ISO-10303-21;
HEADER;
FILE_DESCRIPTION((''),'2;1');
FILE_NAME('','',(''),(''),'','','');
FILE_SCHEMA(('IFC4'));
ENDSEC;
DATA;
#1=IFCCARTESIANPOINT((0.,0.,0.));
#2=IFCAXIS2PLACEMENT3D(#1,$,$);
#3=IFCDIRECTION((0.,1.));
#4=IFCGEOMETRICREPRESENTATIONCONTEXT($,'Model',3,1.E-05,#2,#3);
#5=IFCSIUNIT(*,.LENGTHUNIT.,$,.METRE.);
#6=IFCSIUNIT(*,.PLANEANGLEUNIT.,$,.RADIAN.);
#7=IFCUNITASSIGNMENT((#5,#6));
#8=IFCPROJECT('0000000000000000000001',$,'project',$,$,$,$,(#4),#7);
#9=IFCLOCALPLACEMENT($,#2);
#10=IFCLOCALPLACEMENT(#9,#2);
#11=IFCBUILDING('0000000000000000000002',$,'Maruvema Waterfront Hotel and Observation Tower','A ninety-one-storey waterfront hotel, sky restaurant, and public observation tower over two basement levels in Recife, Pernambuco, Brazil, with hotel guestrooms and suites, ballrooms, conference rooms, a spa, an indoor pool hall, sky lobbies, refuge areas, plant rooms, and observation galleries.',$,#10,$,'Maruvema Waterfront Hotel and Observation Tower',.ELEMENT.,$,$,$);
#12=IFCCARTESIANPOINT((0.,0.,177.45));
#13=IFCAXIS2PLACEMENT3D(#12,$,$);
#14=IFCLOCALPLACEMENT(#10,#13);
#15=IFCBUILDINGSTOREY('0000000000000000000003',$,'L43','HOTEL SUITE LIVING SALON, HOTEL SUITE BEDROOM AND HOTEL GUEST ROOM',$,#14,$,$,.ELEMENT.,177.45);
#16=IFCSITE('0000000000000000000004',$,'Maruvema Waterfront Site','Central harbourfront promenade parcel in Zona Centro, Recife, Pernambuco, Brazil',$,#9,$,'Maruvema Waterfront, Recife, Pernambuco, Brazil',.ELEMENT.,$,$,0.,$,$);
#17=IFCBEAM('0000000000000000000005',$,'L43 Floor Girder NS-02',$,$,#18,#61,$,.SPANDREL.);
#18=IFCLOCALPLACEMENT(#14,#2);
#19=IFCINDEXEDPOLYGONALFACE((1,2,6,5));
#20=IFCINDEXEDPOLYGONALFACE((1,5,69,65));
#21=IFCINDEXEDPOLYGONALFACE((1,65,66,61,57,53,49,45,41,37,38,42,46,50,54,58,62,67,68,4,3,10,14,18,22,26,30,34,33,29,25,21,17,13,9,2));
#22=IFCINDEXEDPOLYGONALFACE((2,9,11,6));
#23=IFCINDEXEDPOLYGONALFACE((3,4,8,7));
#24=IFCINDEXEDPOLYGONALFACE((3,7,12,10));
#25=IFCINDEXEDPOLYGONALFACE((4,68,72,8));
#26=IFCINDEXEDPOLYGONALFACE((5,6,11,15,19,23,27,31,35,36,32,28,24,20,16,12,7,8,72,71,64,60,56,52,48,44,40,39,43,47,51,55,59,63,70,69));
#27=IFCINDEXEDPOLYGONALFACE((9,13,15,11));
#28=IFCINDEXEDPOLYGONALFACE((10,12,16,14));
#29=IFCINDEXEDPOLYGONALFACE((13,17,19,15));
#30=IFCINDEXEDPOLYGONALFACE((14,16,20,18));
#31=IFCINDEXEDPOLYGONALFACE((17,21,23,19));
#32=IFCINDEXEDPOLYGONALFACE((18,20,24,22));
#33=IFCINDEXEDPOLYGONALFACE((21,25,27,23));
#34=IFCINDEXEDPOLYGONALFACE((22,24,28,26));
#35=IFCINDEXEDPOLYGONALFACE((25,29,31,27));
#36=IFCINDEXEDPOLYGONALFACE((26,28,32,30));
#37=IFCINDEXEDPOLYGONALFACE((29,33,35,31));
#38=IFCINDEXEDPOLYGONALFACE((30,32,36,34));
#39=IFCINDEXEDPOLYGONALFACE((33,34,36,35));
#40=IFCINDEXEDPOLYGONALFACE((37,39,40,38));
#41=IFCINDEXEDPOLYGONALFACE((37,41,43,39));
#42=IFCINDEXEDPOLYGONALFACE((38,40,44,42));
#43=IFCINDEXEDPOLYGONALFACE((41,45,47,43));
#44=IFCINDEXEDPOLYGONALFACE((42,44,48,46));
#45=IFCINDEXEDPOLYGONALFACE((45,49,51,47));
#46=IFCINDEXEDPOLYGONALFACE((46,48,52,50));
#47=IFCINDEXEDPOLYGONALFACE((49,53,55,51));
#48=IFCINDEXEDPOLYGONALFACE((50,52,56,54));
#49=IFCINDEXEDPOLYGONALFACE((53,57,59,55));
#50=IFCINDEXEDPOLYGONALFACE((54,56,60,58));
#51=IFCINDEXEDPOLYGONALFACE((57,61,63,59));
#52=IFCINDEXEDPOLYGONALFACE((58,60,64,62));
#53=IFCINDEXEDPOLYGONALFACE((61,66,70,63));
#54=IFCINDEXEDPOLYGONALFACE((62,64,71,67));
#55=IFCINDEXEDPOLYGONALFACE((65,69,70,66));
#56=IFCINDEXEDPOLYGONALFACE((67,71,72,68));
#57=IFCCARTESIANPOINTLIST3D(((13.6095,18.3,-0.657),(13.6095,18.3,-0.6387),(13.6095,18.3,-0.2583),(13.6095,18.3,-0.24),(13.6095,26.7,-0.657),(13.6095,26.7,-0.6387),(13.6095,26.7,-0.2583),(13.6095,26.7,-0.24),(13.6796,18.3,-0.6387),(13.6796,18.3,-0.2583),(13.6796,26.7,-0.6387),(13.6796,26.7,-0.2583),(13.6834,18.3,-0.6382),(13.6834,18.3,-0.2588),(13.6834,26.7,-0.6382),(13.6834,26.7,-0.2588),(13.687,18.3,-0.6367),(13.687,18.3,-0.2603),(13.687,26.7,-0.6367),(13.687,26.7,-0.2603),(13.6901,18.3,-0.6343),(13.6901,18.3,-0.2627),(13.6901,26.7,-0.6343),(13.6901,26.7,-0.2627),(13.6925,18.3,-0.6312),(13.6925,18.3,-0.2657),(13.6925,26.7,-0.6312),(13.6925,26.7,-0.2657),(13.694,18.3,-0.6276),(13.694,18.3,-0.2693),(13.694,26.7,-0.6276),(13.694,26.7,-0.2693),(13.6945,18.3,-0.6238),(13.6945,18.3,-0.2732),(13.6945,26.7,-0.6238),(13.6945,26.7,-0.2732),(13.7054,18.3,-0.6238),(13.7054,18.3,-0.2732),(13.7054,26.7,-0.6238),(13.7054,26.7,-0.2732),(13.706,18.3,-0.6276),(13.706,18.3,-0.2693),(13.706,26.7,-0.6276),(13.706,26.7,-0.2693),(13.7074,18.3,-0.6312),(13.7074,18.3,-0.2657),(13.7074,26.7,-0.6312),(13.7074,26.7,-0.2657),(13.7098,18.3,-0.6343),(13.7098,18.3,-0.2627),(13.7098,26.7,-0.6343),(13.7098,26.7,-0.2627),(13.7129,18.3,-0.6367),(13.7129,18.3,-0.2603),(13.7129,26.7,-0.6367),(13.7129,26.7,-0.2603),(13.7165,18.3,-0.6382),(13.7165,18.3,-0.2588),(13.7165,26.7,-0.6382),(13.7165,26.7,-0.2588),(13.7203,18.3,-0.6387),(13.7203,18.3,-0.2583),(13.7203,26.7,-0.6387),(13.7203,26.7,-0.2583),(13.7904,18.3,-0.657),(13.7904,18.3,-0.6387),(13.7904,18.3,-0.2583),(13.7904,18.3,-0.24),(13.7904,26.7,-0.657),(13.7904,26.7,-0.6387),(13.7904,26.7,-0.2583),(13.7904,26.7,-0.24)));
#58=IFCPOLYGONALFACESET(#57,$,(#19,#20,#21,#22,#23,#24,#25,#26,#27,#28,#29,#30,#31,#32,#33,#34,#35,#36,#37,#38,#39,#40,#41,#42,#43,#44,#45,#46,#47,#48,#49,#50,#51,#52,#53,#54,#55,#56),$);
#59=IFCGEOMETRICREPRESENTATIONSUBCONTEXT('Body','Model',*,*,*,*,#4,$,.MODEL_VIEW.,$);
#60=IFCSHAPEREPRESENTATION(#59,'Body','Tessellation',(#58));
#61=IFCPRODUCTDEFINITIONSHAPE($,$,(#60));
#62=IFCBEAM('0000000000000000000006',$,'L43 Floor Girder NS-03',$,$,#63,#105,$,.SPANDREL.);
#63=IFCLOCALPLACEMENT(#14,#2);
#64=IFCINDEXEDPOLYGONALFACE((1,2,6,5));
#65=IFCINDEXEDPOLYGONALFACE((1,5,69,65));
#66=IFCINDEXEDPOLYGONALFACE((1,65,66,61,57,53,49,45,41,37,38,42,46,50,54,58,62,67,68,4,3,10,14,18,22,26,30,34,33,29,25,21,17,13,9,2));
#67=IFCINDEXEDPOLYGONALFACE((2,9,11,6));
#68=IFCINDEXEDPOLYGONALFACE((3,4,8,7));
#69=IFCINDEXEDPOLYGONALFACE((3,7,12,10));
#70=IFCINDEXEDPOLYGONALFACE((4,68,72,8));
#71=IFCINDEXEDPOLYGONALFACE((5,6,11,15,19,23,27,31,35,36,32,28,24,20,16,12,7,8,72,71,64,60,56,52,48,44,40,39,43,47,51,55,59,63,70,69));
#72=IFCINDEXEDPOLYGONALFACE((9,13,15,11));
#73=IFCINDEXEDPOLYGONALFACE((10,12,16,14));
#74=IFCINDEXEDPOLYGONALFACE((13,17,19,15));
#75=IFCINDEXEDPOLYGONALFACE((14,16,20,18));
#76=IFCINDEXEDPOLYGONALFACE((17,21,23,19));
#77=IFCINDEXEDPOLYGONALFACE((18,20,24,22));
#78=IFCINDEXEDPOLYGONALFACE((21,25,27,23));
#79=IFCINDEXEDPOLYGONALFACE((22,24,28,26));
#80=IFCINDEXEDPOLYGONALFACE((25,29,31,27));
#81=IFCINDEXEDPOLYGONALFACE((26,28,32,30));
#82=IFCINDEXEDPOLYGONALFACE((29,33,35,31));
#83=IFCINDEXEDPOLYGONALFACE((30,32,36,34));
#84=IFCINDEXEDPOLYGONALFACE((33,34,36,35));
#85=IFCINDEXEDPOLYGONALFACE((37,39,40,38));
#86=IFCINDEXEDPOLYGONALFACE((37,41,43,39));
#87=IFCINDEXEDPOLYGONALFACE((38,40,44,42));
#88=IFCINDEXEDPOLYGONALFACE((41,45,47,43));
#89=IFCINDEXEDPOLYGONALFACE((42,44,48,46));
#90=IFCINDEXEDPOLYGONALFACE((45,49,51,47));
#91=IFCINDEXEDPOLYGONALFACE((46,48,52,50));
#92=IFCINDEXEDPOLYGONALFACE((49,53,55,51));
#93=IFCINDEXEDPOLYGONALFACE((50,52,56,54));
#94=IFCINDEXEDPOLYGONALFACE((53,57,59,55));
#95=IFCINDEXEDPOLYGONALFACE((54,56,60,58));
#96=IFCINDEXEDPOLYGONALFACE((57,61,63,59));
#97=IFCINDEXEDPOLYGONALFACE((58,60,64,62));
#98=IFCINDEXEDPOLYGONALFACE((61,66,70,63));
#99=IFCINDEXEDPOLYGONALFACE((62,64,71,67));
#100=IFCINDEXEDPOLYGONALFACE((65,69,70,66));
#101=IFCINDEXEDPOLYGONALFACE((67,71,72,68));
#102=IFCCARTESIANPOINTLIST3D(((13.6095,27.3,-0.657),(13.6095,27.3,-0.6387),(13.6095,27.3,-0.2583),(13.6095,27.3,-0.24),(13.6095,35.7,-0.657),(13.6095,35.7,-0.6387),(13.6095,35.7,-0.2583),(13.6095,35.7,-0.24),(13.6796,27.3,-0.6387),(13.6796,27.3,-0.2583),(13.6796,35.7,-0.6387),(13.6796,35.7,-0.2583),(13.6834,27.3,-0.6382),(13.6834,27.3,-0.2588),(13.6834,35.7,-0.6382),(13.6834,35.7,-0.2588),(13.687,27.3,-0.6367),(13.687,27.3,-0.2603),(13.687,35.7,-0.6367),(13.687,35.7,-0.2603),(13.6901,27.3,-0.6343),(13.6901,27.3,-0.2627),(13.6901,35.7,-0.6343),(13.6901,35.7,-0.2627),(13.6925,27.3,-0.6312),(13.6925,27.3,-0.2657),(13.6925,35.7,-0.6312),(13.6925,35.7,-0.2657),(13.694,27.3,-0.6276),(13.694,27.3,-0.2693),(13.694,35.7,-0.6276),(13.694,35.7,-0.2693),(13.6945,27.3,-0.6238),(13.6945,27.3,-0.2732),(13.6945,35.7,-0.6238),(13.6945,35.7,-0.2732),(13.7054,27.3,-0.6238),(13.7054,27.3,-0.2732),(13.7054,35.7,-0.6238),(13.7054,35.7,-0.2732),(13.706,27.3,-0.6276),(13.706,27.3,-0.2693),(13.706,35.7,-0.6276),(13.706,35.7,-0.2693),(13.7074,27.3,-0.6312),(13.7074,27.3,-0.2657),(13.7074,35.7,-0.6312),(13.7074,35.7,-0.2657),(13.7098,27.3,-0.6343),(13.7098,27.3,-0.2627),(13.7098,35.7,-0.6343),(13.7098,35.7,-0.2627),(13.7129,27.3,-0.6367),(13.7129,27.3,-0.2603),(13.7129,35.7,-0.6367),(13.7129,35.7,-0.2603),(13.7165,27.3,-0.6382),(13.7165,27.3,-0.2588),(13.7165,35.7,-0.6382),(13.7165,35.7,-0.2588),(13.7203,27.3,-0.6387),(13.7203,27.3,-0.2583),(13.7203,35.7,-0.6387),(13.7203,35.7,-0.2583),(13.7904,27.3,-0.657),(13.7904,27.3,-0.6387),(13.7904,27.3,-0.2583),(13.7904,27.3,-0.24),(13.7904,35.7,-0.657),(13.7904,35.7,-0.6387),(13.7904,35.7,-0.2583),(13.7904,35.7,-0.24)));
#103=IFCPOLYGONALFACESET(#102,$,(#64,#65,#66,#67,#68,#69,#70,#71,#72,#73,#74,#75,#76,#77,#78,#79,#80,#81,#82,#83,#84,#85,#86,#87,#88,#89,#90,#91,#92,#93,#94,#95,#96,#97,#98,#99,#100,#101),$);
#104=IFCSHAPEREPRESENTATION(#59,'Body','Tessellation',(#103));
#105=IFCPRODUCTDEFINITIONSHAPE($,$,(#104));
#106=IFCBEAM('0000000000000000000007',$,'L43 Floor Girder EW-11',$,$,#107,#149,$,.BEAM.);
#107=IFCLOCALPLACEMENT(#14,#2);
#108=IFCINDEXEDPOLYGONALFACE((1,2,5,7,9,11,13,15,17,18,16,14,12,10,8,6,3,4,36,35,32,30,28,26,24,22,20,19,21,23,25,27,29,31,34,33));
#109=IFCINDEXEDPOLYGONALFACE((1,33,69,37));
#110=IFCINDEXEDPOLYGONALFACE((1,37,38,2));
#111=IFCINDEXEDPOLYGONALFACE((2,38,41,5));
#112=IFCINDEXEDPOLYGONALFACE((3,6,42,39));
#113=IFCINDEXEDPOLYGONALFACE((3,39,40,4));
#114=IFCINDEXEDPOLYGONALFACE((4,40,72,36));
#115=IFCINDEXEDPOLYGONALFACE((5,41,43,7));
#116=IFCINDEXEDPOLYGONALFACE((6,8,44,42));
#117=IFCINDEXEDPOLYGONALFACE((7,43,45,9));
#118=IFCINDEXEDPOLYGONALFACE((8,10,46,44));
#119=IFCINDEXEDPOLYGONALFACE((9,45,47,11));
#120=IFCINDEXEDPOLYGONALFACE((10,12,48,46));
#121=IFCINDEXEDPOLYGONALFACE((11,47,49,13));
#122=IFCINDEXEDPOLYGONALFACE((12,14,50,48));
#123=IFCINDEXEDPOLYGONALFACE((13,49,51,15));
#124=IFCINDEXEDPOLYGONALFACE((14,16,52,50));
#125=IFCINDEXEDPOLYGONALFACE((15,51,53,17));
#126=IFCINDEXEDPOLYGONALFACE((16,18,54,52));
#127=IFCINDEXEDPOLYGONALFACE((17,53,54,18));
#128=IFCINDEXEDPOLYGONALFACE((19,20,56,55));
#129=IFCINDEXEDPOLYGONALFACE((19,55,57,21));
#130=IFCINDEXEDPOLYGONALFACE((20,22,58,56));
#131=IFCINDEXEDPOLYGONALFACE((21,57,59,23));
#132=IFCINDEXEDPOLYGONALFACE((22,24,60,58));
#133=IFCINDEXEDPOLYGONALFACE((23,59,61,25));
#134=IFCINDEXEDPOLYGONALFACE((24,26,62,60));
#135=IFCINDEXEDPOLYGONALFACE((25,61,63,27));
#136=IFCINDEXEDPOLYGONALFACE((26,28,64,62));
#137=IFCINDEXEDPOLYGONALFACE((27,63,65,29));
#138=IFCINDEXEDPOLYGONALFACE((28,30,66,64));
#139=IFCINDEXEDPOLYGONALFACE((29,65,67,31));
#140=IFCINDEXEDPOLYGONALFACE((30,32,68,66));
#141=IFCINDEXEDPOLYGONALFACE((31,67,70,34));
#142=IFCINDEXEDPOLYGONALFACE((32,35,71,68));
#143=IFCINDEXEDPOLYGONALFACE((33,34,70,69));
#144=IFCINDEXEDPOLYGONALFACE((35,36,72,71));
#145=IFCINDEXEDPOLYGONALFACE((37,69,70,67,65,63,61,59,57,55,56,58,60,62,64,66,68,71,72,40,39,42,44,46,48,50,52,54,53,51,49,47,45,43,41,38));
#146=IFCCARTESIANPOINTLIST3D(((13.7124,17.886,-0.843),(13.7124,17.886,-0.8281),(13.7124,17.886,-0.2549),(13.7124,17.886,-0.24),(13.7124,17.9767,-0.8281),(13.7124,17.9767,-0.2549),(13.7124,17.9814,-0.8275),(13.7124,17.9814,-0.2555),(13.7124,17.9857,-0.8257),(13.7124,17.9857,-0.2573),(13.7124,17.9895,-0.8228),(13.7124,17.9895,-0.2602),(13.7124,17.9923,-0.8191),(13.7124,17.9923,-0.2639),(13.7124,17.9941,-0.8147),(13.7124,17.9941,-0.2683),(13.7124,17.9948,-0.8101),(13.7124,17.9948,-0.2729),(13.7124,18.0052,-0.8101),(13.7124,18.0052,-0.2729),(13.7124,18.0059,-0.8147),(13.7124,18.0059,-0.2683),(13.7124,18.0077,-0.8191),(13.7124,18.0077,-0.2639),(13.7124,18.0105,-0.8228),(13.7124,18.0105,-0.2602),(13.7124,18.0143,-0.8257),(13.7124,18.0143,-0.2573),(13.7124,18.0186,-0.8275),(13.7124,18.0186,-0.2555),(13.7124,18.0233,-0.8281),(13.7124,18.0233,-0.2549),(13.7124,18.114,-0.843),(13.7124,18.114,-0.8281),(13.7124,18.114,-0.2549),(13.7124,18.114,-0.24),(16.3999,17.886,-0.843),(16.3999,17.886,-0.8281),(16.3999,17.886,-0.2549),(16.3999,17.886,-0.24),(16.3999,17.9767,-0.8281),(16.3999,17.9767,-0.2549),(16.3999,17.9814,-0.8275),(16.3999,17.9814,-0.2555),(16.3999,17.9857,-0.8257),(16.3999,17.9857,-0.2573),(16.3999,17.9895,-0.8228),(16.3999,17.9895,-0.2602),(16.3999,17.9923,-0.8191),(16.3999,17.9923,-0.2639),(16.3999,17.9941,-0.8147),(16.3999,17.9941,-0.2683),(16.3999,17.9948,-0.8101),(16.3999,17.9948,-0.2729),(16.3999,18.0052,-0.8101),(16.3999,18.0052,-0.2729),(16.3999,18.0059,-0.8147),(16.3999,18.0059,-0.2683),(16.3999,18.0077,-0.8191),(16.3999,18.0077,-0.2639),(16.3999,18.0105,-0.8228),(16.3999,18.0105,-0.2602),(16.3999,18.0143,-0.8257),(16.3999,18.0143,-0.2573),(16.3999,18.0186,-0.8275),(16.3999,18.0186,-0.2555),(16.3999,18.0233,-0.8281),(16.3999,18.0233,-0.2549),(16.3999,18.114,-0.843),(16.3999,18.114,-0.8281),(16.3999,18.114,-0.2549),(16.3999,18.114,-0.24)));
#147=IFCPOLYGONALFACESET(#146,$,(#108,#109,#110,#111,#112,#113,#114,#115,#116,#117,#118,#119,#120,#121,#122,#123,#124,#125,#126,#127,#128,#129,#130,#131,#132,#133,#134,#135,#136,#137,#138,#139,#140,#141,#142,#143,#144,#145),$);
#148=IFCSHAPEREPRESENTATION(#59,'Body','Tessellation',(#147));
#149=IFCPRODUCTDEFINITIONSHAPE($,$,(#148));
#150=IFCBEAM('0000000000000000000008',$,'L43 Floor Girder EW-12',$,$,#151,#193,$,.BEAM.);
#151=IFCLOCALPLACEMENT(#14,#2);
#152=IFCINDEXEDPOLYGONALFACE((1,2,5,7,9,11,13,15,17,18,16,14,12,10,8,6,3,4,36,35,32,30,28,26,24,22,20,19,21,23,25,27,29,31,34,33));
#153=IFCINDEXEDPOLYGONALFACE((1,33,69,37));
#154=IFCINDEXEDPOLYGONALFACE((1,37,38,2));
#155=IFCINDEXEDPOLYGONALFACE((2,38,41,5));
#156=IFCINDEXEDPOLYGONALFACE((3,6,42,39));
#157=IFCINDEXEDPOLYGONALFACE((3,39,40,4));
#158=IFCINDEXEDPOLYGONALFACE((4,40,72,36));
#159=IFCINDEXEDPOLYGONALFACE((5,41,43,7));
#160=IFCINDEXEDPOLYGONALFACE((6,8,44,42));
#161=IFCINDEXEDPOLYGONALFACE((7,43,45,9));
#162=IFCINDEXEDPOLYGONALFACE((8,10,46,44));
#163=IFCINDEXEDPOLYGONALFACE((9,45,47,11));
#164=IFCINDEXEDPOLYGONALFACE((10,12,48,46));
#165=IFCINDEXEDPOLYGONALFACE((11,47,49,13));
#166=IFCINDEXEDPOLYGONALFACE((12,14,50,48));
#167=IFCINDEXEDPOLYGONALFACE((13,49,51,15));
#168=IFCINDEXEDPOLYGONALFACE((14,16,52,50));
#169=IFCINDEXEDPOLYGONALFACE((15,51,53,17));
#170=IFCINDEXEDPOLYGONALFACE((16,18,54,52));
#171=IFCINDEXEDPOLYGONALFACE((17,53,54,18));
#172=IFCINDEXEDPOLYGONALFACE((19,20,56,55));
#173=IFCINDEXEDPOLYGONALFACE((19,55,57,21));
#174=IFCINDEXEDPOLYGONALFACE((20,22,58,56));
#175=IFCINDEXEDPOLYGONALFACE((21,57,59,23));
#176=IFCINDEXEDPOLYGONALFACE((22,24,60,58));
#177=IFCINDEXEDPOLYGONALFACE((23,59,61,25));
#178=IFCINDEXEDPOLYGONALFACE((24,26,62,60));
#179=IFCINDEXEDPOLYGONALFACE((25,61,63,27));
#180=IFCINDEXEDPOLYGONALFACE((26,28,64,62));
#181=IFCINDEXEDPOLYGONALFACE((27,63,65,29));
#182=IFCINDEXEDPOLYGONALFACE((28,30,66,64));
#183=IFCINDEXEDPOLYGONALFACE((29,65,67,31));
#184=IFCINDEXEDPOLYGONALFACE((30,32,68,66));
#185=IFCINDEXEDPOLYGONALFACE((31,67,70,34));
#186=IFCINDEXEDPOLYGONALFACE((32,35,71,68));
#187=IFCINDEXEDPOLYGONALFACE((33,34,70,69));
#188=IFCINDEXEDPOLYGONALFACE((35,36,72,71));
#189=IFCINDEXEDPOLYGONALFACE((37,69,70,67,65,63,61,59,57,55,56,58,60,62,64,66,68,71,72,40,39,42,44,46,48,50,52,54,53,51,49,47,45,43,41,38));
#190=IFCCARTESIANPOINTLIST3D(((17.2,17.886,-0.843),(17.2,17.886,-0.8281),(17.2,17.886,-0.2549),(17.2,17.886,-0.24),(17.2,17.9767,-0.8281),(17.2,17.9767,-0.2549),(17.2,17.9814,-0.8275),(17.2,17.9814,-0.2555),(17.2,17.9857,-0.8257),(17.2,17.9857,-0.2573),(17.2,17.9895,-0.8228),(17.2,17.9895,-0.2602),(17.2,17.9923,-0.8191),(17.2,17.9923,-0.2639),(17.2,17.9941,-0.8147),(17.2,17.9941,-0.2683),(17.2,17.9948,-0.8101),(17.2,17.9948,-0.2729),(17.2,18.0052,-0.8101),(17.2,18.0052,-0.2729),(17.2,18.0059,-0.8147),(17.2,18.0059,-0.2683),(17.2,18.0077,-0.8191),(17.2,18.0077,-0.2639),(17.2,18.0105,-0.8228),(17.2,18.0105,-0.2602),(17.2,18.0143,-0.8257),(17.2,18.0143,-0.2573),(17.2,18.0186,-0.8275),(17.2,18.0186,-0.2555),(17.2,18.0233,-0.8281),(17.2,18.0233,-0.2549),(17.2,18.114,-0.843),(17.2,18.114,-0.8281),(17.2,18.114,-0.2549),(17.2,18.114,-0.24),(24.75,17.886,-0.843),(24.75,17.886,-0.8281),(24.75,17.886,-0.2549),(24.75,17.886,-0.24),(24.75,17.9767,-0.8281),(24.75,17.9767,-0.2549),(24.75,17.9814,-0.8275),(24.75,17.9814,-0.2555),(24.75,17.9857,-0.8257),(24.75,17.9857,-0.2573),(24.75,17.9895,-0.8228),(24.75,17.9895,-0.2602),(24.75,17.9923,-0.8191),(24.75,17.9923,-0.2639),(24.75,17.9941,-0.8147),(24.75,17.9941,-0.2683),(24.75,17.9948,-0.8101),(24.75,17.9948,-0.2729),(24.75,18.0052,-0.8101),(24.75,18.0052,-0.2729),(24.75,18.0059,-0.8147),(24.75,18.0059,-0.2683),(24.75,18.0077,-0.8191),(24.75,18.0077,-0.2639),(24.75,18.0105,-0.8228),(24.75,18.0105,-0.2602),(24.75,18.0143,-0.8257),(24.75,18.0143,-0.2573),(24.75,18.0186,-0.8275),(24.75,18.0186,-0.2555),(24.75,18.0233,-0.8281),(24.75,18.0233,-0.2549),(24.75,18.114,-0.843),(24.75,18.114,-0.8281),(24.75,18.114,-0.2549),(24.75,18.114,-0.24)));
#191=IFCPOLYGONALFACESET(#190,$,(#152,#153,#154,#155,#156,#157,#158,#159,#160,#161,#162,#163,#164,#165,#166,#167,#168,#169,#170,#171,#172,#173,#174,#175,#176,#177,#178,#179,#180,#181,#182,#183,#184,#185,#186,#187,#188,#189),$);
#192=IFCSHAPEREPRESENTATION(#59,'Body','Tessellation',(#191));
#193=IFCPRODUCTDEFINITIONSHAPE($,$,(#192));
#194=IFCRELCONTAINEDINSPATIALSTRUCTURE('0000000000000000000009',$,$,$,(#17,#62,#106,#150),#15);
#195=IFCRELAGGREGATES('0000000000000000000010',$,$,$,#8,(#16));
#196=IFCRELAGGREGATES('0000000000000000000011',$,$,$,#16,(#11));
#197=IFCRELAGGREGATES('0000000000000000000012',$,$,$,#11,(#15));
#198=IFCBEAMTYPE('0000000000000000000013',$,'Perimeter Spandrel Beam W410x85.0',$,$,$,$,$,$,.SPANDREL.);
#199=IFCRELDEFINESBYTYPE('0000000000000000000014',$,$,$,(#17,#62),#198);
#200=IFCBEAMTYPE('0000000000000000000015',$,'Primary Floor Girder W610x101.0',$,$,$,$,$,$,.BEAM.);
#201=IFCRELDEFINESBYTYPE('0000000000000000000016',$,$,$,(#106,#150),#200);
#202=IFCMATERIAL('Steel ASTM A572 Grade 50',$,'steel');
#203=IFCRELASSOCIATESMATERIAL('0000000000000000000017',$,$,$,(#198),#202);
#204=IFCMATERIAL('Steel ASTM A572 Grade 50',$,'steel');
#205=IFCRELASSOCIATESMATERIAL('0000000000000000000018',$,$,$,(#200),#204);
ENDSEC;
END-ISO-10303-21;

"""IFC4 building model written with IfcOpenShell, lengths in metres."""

from ifc_helpers import new_model, si_unit, direction, frame, origin, origin_2d, place, context, subcontext, project, spatial, i_section, extrude, material, material_profile, profile_set, type_object, element, save


model = new_model("IFC4")

# Units and contexts
model_context = context("Model", 3, precision=1e-05, world=origin(), true_north=direction((0.0, 1.0)))
body_context = subcontext(model_context, "Body", "Model", "MODEL_VIEW")
ifc_project = project(units=[si_unit("LENGTHUNIT", "METRE"), si_unit("PLANEANGLEUNIT", "RADIAN")], contexts=[model_context])

# Site, building, storey
site_placement = place(None, origin())
site = spatial("IfcSite", under=ifc_project, at=site_placement, Name="Maruvema Waterfront Site", Description="Central harbourfront promenade parcel in Zona Centro, Recife, Pernambuco, Brazil", LongName="Maruvema Waterfront, Recife, Pernambuco, Brazil", CompositionType="ELEMENT", RefElevation=0.0)
building_placement = place(site_placement, origin())
building = spatial("IfcBuilding", under=site, at=building_placement, Name="Maruvema Waterfront Hotel and Observation Tower", Description="A ninety-one-storey waterfront hotel, sky restaurant, and public observation tower over two basement levels in Recife, Pernambuco, Brazil, with hotel guestrooms and suites, ballrooms, conference rooms, a spa, an indoor pool hall, sky lobbies, refuge areas, plant rooms, and observation galleries.", LongName="Maruvema Waterfront Hotel and Observation Tower", CompositionType="ELEMENT")
storey_placement = place(building_placement, frame((0.0, 0.0, 177.45)))
storey = spatial("IfcBuildingStorey", under=building, at=storey_placement, Name="L43", Description="HOTEL SUITE LIVING SALON, HOTEL SUITE BEDROOM AND HOTEL GUEST ROOM", CompositionType="ELEMENT", Elevation=177.45)

# Beams
ifc_material_1 = material(Name="Steel ASTM A572 Grade 50", Category="steel")
ifc_material_profile_1 = material_profile(ifc_material_1, i_section(OverallWidth=0.1809, OverallDepth=0.417, WebThickness=0.011, FlangeThickness=0.0183, FilletRadius=0.0149, at=origin_2d()), Name="W410x85.0")
ifc_profile_set_1 = profile_set([ifc_material_profile_1], Name="Steel ASTM A572 Grade 50")
beam_type_1 = type_object("IfcBeamType", Name="Perimeter Spandrel Beam W410x85.0", PredefinedType="SPANDREL", material=ifc_profile_set_1)
for number, where, z_axis, x_axis, name in (
    (1, (13.7, 18.3, -0.4485), (0.0, 1.0, 0.0), (-1.0, 0.0, 0.0), "L43 Floor Girder NS-02"),
    (2, (13.7, 27.3, -0.4485), (0.0, 1.0, 0.0), (-1.0, 0.0, 0.0), "L43 Floor Girder NS-03"),
):
    element("IfcBeam", number, at=place(storey_placement, frame(where, z_axis=z_axis, x_axis=x_axis)), inside=storey, type_object=beam_type_1, Name=name, PredefinedType="SPANDREL", context=body_context, shape_type="SweptSolid", body=[
        extrude(i_section(OverallWidth=0.1809, OverallDepth=0.417, WebThickness=0.011, FlangeThickness=0.0183, FilletRadius=0.0149, at=origin_2d()), origin(), (0.0, 0.0, 1.0), 8.3999),
    ])
ifc_material_2 = material(Name="Steel ASTM A572 Grade 50", Category="steel")
ifc_material_profile_2 = material_profile(ifc_material_2, i_section(OverallWidth=0.228, OverallDepth=0.603, WebThickness=0.0105, FlangeThickness=0.0149, FilletRadius=0.0181, at=origin_2d()), Name="W610x101.0")
ifc_profile_set_2 = profile_set([ifc_material_profile_2], Name="Steel ASTM A572 Grade 50")
beam_type_2 = type_object("IfcBeamType", Name="Primary Floor Girder W610x101.0", PredefinedType="BEAM", material=ifc_profile_set_2)
beam_1_placement = place(storey_placement, frame((13.7124, 18.0, -0.5415), z_axis=(1.0, 0.0, 0.0), x_axis=(0.0, 1.0, 0.0)))
element("IfcBeam", 3, at=beam_1_placement, inside=storey, type_object=beam_type_2, Name="L43 Floor Girder EW-11", PredefinedType="BEAM", context=body_context, shape_type="SweptSolid", body=[
    extrude(i_section(OverallWidth=0.228, OverallDepth=0.603, WebThickness=0.0105, FlangeThickness=0.0149, FilletRadius=0.0181, at=origin_2d()), origin(), (0.0, 0.0, 1.0), 2.6875),
])
beam_2_placement = place(storey_placement, frame((17.2, 18.0, -0.5415), z_axis=(1.0, 0.0, 0.0), x_axis=(0.0, 1.0, 0.0)))
element("IfcBeam", 4, at=beam_2_placement, inside=storey, type_object=beam_type_2, Name="L43 Floor Girder EW-12", PredefinedType="BEAM", context=body_context, shape_type="SweptSolid", body=[
    extrude(i_section(OverallWidth=0.228, OverallDepth=0.603, WebThickness=0.0105, FlangeThickness=0.0149, FilletRadius=0.0181, at=origin_2d()), origin(), (0.0, 0.0, 1.0), 7.55),
])

save(model, "model.ifc")
